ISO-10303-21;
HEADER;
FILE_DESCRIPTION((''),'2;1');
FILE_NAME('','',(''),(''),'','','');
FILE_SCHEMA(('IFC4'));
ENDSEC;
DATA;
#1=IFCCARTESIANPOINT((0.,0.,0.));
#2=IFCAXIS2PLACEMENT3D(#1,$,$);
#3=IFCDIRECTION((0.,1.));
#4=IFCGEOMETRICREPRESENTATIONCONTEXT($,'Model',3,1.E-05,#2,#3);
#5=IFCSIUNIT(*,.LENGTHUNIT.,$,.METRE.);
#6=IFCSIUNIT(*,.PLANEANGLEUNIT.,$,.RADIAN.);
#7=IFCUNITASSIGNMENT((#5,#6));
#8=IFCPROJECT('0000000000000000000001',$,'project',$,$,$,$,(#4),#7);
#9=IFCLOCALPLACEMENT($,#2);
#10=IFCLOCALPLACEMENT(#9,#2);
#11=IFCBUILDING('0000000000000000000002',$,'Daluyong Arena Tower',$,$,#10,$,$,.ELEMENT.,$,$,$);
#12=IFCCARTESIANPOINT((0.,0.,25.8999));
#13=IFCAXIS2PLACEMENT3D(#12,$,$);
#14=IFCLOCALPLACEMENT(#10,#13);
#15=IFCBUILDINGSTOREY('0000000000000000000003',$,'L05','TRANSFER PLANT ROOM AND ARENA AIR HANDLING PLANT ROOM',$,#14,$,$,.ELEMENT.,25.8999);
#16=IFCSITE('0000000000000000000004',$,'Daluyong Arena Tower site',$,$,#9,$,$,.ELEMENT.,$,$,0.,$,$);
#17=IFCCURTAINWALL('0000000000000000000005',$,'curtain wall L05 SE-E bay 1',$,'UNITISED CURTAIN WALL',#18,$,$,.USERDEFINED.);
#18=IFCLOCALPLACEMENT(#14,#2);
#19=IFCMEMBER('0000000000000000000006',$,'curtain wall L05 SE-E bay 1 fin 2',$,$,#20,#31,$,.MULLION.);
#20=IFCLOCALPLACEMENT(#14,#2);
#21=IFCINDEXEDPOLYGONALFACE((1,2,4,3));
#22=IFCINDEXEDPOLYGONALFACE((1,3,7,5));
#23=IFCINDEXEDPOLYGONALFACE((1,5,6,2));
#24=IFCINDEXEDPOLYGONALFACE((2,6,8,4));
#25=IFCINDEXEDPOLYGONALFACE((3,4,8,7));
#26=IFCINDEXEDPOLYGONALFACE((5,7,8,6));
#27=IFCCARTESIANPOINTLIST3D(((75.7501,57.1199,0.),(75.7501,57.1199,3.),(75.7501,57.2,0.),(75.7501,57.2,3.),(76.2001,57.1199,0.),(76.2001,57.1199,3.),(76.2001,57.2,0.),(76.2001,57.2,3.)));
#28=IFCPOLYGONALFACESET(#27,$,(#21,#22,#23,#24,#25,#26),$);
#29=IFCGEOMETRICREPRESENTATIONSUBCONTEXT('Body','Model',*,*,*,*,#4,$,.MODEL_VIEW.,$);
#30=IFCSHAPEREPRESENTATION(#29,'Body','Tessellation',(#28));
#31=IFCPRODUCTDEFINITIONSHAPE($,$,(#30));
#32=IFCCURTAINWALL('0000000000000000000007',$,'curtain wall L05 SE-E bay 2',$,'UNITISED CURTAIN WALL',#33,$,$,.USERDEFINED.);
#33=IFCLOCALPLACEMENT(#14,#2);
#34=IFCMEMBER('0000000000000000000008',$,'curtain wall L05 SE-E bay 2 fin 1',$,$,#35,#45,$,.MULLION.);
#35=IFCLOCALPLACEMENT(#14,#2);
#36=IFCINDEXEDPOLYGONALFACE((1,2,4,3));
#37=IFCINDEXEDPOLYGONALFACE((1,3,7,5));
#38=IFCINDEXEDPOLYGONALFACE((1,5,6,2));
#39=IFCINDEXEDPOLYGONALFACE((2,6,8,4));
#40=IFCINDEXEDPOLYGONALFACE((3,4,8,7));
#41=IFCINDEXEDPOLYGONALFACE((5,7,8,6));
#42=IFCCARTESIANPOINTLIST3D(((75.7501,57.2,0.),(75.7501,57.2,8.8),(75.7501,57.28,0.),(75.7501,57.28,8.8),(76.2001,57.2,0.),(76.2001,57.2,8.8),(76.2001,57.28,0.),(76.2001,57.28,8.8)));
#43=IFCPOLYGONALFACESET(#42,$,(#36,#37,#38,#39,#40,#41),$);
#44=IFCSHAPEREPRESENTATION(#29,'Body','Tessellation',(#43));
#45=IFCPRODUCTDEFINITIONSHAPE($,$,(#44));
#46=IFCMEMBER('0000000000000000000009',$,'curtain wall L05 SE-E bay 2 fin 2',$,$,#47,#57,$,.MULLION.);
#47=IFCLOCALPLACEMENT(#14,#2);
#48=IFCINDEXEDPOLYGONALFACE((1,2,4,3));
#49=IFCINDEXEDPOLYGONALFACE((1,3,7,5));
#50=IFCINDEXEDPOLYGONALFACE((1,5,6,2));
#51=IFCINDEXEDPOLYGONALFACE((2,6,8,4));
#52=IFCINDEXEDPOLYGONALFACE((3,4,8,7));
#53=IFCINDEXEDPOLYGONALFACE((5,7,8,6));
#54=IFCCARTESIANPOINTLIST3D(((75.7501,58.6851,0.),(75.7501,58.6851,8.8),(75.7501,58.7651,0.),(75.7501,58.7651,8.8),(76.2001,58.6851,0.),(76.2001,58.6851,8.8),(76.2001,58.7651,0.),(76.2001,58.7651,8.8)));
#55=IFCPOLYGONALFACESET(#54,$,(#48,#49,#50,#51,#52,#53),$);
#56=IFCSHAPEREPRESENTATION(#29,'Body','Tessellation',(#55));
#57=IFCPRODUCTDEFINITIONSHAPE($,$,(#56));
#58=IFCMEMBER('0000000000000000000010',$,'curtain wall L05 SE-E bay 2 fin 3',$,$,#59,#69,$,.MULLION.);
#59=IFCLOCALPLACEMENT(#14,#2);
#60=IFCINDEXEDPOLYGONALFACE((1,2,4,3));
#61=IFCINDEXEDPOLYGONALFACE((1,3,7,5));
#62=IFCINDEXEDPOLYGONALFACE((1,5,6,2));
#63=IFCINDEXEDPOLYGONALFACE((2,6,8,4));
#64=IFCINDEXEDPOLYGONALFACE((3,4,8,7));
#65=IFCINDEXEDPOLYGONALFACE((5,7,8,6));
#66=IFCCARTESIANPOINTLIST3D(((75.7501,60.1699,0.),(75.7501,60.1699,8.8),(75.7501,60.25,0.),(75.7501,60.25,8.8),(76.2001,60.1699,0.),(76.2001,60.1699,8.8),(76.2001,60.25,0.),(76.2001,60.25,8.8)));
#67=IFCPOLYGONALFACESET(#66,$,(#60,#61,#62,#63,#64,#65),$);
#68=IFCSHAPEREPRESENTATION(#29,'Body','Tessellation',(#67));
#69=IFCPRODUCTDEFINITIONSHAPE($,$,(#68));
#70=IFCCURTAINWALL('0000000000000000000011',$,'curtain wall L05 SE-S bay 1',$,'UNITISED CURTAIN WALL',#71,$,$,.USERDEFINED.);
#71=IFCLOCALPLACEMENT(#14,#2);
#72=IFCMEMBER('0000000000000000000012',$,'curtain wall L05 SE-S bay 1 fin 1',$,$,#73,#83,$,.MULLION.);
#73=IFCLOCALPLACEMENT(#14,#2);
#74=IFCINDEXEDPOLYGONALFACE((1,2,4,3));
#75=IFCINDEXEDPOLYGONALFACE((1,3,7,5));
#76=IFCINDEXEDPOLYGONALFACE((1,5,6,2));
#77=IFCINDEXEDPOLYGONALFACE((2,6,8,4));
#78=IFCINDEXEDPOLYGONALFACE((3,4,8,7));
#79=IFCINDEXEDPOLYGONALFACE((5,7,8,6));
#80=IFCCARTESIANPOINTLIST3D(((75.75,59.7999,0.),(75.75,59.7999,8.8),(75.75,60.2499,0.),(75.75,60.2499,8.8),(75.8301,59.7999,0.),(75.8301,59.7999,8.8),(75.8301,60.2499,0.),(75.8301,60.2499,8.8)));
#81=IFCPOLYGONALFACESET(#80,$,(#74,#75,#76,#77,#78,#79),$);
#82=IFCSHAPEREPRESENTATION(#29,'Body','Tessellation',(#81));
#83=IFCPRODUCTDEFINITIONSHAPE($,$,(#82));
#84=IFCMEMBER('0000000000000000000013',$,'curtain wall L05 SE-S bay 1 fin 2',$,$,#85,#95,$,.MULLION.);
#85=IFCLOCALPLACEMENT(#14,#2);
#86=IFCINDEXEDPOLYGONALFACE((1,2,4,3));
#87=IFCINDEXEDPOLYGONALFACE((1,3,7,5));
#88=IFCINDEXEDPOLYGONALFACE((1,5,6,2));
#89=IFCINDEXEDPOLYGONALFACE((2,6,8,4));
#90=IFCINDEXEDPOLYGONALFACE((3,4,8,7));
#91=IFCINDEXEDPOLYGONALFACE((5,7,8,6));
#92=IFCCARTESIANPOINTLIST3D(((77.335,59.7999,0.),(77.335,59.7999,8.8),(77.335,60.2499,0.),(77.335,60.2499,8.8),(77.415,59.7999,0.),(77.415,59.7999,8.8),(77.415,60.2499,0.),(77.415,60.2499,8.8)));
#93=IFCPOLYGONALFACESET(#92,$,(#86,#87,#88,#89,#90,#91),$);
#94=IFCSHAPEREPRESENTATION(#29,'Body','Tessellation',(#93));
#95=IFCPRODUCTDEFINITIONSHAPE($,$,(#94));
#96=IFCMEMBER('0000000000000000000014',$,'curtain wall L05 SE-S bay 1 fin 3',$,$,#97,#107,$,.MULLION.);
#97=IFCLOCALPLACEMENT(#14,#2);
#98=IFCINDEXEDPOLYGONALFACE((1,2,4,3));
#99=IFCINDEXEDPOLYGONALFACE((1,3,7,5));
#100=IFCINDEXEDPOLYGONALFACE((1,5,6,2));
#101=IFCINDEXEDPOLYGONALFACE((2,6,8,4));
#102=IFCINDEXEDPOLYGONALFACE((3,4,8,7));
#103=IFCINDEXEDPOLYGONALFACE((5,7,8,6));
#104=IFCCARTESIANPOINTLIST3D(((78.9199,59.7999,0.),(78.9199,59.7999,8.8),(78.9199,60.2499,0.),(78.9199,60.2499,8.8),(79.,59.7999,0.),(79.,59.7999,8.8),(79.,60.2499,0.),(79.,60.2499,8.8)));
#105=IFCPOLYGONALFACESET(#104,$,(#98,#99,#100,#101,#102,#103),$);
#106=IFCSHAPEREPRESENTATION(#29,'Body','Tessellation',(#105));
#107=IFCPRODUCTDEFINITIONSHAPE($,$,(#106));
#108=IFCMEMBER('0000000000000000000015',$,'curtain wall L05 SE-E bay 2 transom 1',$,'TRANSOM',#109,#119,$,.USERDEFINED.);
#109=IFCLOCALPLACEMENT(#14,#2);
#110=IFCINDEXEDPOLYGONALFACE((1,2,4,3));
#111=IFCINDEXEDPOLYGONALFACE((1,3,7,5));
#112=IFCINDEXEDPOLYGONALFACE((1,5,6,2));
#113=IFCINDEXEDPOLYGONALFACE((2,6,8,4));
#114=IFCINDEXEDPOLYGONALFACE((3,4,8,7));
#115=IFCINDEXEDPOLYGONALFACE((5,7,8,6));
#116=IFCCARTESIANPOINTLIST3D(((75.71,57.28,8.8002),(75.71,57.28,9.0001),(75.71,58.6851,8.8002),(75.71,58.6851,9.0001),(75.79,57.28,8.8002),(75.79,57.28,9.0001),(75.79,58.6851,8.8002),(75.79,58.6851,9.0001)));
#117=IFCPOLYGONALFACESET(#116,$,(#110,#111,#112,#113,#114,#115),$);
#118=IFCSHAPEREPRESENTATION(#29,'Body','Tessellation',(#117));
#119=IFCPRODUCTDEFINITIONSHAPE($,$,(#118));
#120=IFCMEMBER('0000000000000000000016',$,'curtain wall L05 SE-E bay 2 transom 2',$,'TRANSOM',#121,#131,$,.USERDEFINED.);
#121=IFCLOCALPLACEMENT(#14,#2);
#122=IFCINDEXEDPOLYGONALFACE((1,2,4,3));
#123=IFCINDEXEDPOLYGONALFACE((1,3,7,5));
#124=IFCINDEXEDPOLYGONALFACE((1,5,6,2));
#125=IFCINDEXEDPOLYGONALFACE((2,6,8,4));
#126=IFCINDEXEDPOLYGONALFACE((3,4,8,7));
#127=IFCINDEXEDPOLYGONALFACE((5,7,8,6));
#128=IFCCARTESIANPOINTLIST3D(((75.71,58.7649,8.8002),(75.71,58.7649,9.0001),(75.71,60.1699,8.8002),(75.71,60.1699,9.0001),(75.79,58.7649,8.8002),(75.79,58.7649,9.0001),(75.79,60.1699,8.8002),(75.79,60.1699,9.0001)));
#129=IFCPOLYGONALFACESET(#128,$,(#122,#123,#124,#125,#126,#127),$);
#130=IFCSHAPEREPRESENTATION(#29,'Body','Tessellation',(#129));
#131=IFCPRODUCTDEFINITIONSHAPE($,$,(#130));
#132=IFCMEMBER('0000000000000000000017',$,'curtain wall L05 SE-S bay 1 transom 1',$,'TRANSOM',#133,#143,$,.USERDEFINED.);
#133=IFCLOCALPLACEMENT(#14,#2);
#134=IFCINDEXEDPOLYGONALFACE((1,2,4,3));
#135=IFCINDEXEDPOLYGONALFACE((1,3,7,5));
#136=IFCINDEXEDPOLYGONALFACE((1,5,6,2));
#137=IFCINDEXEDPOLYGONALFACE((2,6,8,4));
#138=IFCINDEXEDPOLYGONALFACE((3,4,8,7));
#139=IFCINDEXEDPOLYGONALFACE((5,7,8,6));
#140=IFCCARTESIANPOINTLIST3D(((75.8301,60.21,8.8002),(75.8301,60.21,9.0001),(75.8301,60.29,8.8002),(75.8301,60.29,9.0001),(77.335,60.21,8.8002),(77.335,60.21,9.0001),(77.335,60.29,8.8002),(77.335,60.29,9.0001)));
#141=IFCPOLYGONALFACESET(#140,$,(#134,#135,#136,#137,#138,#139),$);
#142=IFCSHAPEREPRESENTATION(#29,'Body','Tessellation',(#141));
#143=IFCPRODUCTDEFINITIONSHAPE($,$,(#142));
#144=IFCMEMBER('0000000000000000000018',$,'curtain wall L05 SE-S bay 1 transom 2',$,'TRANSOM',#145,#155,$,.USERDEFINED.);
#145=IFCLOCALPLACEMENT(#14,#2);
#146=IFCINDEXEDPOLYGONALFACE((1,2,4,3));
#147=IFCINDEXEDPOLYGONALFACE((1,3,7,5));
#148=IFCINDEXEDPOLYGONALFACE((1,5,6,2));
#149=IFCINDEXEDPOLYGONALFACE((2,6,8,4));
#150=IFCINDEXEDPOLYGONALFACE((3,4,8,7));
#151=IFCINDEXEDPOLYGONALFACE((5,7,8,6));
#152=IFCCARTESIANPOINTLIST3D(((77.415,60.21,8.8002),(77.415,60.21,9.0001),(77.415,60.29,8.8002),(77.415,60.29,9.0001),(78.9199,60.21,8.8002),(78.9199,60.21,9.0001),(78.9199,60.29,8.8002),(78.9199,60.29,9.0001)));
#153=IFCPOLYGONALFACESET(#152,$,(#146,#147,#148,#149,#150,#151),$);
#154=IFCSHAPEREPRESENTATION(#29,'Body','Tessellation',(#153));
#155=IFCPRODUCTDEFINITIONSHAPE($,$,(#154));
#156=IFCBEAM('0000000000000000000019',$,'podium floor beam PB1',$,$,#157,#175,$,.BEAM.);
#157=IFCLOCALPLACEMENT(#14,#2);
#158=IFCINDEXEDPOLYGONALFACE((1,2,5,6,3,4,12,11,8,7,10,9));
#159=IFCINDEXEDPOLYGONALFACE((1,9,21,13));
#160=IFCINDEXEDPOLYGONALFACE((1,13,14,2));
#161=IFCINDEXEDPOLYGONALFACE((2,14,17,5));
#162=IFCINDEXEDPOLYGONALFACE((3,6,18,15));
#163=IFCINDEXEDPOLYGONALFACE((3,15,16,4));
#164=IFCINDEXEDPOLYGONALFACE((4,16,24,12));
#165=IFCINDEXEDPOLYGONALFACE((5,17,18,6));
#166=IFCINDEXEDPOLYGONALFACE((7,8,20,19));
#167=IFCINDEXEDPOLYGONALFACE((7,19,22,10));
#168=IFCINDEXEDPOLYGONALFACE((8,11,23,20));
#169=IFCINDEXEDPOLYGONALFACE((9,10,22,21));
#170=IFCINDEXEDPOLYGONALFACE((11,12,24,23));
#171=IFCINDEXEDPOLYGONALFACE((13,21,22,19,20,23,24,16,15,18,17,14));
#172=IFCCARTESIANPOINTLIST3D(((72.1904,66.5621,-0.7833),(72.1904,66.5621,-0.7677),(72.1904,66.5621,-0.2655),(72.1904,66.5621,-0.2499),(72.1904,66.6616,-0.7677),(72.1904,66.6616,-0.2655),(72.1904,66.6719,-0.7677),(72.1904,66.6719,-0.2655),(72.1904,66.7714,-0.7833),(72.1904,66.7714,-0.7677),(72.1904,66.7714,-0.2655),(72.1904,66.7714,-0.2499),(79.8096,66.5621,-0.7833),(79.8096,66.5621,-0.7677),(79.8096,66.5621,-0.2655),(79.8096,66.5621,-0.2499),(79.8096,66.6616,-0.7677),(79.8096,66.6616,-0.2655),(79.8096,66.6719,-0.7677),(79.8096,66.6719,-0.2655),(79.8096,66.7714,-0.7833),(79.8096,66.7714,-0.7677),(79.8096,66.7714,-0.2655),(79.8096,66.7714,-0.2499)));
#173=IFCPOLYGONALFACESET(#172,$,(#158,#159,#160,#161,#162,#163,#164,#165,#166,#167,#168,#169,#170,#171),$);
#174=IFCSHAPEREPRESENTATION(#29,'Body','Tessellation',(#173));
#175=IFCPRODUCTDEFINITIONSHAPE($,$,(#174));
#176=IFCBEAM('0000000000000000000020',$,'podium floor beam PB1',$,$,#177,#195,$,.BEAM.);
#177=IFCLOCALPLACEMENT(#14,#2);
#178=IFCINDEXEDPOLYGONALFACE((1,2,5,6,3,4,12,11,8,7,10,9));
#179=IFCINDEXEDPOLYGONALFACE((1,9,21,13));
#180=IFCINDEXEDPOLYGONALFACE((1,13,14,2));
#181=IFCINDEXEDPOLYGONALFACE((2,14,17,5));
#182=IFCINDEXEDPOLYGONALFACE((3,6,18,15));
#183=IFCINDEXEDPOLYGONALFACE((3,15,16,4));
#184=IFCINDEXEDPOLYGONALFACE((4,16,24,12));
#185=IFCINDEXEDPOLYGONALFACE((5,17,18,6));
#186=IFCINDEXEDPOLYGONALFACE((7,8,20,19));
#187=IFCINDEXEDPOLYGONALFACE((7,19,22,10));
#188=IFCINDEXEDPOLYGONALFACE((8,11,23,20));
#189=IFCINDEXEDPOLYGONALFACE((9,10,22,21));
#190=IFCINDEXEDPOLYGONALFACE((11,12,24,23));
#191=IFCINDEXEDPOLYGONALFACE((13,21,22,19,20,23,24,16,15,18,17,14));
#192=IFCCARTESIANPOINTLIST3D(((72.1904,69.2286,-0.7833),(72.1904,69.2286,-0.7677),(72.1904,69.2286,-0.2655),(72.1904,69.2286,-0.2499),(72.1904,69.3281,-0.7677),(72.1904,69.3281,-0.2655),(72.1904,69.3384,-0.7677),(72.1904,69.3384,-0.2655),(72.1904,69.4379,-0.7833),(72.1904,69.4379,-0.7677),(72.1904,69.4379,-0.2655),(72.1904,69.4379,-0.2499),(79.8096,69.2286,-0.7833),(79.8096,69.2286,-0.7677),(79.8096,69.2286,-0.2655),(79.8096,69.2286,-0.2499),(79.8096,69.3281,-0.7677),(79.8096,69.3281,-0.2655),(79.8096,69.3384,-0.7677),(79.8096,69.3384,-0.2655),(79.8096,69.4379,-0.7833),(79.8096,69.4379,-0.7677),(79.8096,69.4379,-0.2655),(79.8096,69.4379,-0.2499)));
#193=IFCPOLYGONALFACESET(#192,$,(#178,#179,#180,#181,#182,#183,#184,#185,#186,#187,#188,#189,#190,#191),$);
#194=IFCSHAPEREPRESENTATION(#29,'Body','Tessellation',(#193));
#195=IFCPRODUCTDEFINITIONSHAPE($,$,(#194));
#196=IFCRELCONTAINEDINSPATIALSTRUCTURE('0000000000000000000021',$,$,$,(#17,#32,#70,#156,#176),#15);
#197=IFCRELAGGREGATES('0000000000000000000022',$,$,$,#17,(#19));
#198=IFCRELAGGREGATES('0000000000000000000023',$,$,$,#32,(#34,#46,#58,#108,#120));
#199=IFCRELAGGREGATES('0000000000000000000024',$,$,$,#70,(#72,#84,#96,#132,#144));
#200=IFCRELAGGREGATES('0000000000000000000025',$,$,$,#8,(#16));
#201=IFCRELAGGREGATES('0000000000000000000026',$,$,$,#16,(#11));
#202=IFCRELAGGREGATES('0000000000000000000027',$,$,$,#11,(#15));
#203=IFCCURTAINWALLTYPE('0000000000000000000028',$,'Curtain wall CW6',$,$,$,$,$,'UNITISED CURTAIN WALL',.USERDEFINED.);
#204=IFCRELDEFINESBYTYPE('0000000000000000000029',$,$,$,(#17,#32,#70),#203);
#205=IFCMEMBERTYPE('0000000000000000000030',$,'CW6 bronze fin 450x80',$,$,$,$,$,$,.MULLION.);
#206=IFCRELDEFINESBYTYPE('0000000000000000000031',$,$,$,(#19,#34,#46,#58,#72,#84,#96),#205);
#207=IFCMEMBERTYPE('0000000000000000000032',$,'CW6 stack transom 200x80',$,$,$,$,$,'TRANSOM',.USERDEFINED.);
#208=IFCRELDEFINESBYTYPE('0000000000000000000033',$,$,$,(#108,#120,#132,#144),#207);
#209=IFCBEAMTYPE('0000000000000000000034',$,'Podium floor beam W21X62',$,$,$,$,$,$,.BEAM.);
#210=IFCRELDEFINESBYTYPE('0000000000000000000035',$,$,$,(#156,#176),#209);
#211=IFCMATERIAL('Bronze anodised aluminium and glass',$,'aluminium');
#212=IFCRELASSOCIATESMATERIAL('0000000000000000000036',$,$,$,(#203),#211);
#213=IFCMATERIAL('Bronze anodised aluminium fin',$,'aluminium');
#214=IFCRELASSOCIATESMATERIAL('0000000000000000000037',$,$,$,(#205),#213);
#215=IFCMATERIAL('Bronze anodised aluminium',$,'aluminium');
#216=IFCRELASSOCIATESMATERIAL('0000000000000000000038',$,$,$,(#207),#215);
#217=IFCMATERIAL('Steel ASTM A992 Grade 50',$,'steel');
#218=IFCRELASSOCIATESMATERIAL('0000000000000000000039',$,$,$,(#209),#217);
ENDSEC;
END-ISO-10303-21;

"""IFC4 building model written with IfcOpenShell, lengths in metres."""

from ifc_helpers import new_model, si_unit, direction, frame, origin, origin_2d, place, context, subcontext, project, spatial, rectangle, i_section, extrude, material, material_profile, profile_set, type_object, element, aggregate, save


model = new_model("IFC4")

# Units and contexts
model_context = context("Model", 3, precision=1e-05, world=origin(), true_north=direction((0.0, 1.0)))
body_context = subcontext(model_context, "Body", "Model", "MODEL_VIEW")
ifc_project = project(units=[si_unit("LENGTHUNIT", "METRE"), si_unit("PLANEANGLEUNIT", "RADIAN")], contexts=[model_context])

# Site, building, storey
site_placement = place(None, origin())
site = spatial("IfcSite", under=ifc_project, at=site_placement, Name="Daluyong Arena Tower site", CompositionType="ELEMENT", RefElevation=0.0)
building_placement = place(site_placement, origin())
building = spatial("IfcBuilding", under=site, at=building_placement, Name="Daluyong Arena Tower", CompositionType="ELEMENT")
storey_placement = place(building_placement, frame((0.0, 0.0, 25.8999)))
storey = spatial("IfcBuildingStorey", under=building, at=storey_placement, Name="L05", Description="TRANSFER PLANT ROOM AND ARENA AIR HANDLING PLANT ROOM", CompositionType="ELEMENT", Elevation=25.8999)

# Curtain wall, member
ifc_material_1 = material(Name="Bronze anodised aluminium and glass", Category="aluminium")
curtain_wall_type = type_object("IfcCurtainWallType", Name="Curtain wall CW6", ElementType="UNITISED CURTAIN WALL", PredefinedType="USERDEFINED", material=ifc_material_1)
curtain_wall_1_placement = place(storey_placement, origin())
curtain_wall_1 = element("IfcCurtainWall", 1, at=curtain_wall_1_placement, inside=storey, type_object=curtain_wall_type, Name="curtain wall L05 SE-E bay 1", ObjectType="UNITISED CURTAIN WALL", PredefinedType="USERDEFINED")
ifc_material_2 = material(Name="Bronze anodised aluminium fin", Category="aluminium")
ifc_material_profile_1 = material_profile(ifc_material_2, rectangle(XDim=0.45, YDim=0.0801, at=origin_2d()))
ifc_profile_set_1 = profile_set([ifc_material_profile_1], Name="Bronze anodised aluminium fin")
member_type_1 = type_object("IfcMemberType", Name="CW6 bronze fin 450x80", PredefinedType="MULLION", material=ifc_profile_set_1)
member_1_placement = place(storey_placement, frame((75.9751, 57.1599, 0.0), z_axis=(0.0, 0.0, 1.0), x_axis=(-1.0, 0.0, 0.0)))
member_1 = element("IfcMember", 2, at=member_1_placement, type_object=member_type_1, Name="curtain wall L05 SE-E bay 1 fin 2", PredefinedType="MULLION", context=body_context, shape_type="SweptSolid", body=[
    extrude(rectangle(XDim=0.45, YDim=0.0801, at=origin_2d()), origin(), (0.0, 0.0, 1.0), 3.0),
])

# Curtain walls, members
curtain_wall_2_placement = place(storey_placement, origin())
curtain_wall_2 = element("IfcCurtainWall", 3, at=curtain_wall_2_placement, inside=storey, type_object=curtain_wall_type, Name="curtain wall L05 SE-E bay 2", ObjectType="UNITISED CURTAIN WALL", PredefinedType="USERDEFINED")
member_2_placement = place(storey_placement, frame((75.9751, 57.24, 0.0), z_axis=(0.0, 0.0, 1.0), x_axis=(-1.0, 0.0, 0.0)))
member_2 = element("IfcMember", 4, at=member_2_placement, type_object=member_type_1, Name="curtain wall L05 SE-E bay 2 fin 1", PredefinedType="MULLION", context=body_context, shape_type="SweptSolid", body=[
    extrude(rectangle(XDim=0.45, YDim=0.0801, at=origin_2d()), origin(), (0.0, 0.0, 1.0), 8.8),
])
member_3_placement = place(storey_placement, frame((75.9751, 58.7251, 0.0), z_axis=(0.0, 0.0, 1.0), x_axis=(-1.0, 0.0, 0.0)))
member_3 = element("IfcMember", 5, at=member_3_placement, type_object=member_type_1, Name="curtain wall L05 SE-E bay 2 fin 2", PredefinedType="MULLION", context=body_context, shape_type="SweptSolid", body=[
    extrude(rectangle(XDim=0.45, YDim=0.0801, at=origin_2d()), origin(), (0.0, 0.0, 1.0), 8.8),
])
member_4_placement = place(storey_placement, frame((75.9751, 60.21, 0.0), z_axis=(0.0, 0.0, 1.0), x_axis=(-1.0, 0.0, 0.0)))
member_4 = element("IfcMember", 6, at=member_4_placement, type_object=member_type_1, Name="curtain wall L05 SE-E bay 2 fin 3", PredefinedType="MULLION", context=body_context, shape_type="SweptSolid", body=[
    extrude(rectangle(XDim=0.45, YDim=0.0801, at=origin_2d()), origin(), (0.0, 0.0, 1.0), 8.8),
])
curtain_wall_3_placement = place(storey_placement, origin())
curtain_wall_3 = element("IfcCurtainWall", 7, at=curtain_wall_3_placement, inside=storey, type_object=curtain_wall_type, Name="curtain wall L05 SE-S bay 1", ObjectType="UNITISED CURTAIN WALL", PredefinedType="USERDEFINED")
member_5_placement = place(storey_placement, frame((75.79, 60.0249, 0.0), z_axis=(0.0, 0.0, 1.0), x_axis=(0.0, 1.0, 0.0)))
member_5 = element("IfcMember", 8, at=member_5_placement, type_object=member_type_1, Name="curtain wall L05 SE-S bay 1 fin 1", PredefinedType="MULLION", context=body_context, shape_type="SweptSolid", body=[
    extrude(rectangle(XDim=0.45, YDim=0.0801, at=origin_2d()), origin(), (0.0, 0.0, 1.0), 8.8),
])
member_6_placement = place(storey_placement, frame((77.375, 60.0249, 0.0), z_axis=(0.0, 0.0, 1.0), x_axis=(0.0, 1.0, 0.0)))
member_6 = element("IfcMember", 9, at=member_6_placement, type_object=member_type_1, Name="curtain wall L05 SE-S bay 1 fin 2", PredefinedType="MULLION", context=body_context, shape_type="SweptSolid", body=[
    extrude(rectangle(XDim=0.45, YDim=0.0801, at=origin_2d()), origin(), (0.0, 0.0, 1.0), 8.8),
])
member_7_placement = place(storey_placement, frame((78.96, 60.0249, 0.0), z_axis=(0.0, 0.0, 1.0), x_axis=(0.0, 1.0, 0.0)))
member_7 = element("IfcMember", 10, at=member_7_placement, type_object=member_type_1, Name="curtain wall L05 SE-S bay 1 fin 3", PredefinedType="MULLION", context=body_context, shape_type="SweptSolid", body=[
    extrude(rectangle(XDim=0.45, YDim=0.0801, at=origin_2d()), origin(), (0.0, 0.0, 1.0), 8.8),
])

# Members
ifc_material_3 = material(Name="Bronze anodised aluminium", Category="aluminium")
ifc_material_profile_2 = material_profile(ifc_material_3, rectangle(XDim=0.0801, YDim=0.2, at=origin_2d()))
ifc_profile_set_2 = profile_set([ifc_material_profile_2], Name="Bronze anodised aluminium")
member_type_2 = type_object("IfcMemberType", Name="CW6 stack transom 200x80", ElementType="TRANSOM", PredefinedType="USERDEFINED", material=ifc_profile_set_2)
member_8_placement = place(storey_placement, frame((75.75, 57.28, 8.9001), z_axis=(0.0, 1.0, 0.0), x_axis=(-1.0, 0.0, 0.0)))
member_8 = element("IfcMember", 11, at=member_8_placement, type_object=member_type_2, Name="curtain wall L05 SE-E bay 2 transom 1", ObjectType="TRANSOM", PredefinedType="USERDEFINED", context=body_context, shape_type="SweptSolid", body=[
    extrude(rectangle(XDim=0.0801, YDim=0.2, at=origin_2d()), origin(), (0.0, 0.0, 1.0), 1.405),
])
member_9_placement = place(storey_placement, frame((75.75, 58.7649, 8.9001), z_axis=(0.0, 1.0, 0.0), x_axis=(-1.0, 0.0, 0.0)))
member_9 = element("IfcMember", 12, at=member_9_placement, type_object=member_type_2, Name="curtain wall L05 SE-E bay 2 transom 2", ObjectType="TRANSOM", PredefinedType="USERDEFINED", context=body_context, shape_type="SweptSolid", body=[
    extrude(rectangle(XDim=0.0801, YDim=0.2, at=origin_2d()), origin(), (0.0, 0.0, 1.0), 1.405),
])
member_10_placement = place(storey_placement, frame((75.8301, 60.25, 8.9001), z_axis=(1.0, 0.0, 0.0), x_axis=(0.0, 1.0, 0.0)))
member_10 = element("IfcMember", 13, at=member_10_placement, type_object=member_type_2, Name="curtain wall L05 SE-S bay 1 transom 1", ObjectType="TRANSOM", PredefinedType="USERDEFINED", context=body_context, shape_type="SweptSolid", body=[
    extrude(rectangle(XDim=0.0801, YDim=0.2, at=origin_2d()), origin(), (0.0, 0.0, 1.0), 1.5049),
])
member_11_placement = place(storey_placement, frame((77.415, 60.25, 8.9001), z_axis=(1.0, 0.0, 0.0), x_axis=(0.0, 1.0, 0.0)))
member_11 = element("IfcMember", 14, at=member_11_placement, type_object=member_type_2, Name="curtain wall L05 SE-S bay 1 transom 2", ObjectType="TRANSOM", PredefinedType="USERDEFINED", context=body_context, shape_type="SweptSolid", body=[
    extrude(rectangle(XDim=0.0801, YDim=0.2, at=origin_2d()), origin(), (0.0, 0.0, 1.0), 1.5049),
])

# Beams
ifc_material_4 = material(Name="Steel ASTM A992 Grade 50", Category="steel")
ifc_material_profile_3 = material_profile(ifc_material_4, i_section(OverallWidth=0.2092, OverallDepth=0.5334, WebThickness=0.0103, FlangeThickness=0.0156, at=origin_2d()))
ifc_profile_set_3 = profile_set([ifc_material_profile_3], Name="Steel ASTM A992 Grade 50")
beam_type_1 = type_object("IfcBeamType", Name="Podium floor beam W21X62", PredefinedType="BEAM", material=ifc_profile_set_3)
for number, where, z_axis, x_axis, name in (
    (15, (72.1904, 66.6667, -0.5166), (1.0, 0.0, 0.0), (0.0, 1.0, 0.0), "podium floor beam PB1"),
    (16, (72.1904, 69.3333, -0.5166), (1.0, 0.0, 0.0), (0.0, 1.0, 0.0), "podium floor beam PB1"),
):
    element("IfcBeam", number, at=place(storey_placement, frame(where, z_axis=z_axis, x_axis=x_axis)), inside=storey, type_object=beam_type_1, Name=name, PredefinedType="BEAM", context=body_context, shape_type="SweptSolid", body=[
        extrude(i_section(OverallWidth=0.2092, OverallDepth=0.5334, WebThickness=0.0103, FlangeThickness=0.0156, at=origin_2d()), origin(), (0.0, 0.0, 1.0), 7.6191),
    ])

aggregate(curtain_wall_1, [member_1])
aggregate(curtain_wall_2, [member_2, member_3, member_4, member_8, member_9])
aggregate(curtain_wall_3, [member_5, member_6, member_7, member_10, member_11])

save(model, "model.ifc")
